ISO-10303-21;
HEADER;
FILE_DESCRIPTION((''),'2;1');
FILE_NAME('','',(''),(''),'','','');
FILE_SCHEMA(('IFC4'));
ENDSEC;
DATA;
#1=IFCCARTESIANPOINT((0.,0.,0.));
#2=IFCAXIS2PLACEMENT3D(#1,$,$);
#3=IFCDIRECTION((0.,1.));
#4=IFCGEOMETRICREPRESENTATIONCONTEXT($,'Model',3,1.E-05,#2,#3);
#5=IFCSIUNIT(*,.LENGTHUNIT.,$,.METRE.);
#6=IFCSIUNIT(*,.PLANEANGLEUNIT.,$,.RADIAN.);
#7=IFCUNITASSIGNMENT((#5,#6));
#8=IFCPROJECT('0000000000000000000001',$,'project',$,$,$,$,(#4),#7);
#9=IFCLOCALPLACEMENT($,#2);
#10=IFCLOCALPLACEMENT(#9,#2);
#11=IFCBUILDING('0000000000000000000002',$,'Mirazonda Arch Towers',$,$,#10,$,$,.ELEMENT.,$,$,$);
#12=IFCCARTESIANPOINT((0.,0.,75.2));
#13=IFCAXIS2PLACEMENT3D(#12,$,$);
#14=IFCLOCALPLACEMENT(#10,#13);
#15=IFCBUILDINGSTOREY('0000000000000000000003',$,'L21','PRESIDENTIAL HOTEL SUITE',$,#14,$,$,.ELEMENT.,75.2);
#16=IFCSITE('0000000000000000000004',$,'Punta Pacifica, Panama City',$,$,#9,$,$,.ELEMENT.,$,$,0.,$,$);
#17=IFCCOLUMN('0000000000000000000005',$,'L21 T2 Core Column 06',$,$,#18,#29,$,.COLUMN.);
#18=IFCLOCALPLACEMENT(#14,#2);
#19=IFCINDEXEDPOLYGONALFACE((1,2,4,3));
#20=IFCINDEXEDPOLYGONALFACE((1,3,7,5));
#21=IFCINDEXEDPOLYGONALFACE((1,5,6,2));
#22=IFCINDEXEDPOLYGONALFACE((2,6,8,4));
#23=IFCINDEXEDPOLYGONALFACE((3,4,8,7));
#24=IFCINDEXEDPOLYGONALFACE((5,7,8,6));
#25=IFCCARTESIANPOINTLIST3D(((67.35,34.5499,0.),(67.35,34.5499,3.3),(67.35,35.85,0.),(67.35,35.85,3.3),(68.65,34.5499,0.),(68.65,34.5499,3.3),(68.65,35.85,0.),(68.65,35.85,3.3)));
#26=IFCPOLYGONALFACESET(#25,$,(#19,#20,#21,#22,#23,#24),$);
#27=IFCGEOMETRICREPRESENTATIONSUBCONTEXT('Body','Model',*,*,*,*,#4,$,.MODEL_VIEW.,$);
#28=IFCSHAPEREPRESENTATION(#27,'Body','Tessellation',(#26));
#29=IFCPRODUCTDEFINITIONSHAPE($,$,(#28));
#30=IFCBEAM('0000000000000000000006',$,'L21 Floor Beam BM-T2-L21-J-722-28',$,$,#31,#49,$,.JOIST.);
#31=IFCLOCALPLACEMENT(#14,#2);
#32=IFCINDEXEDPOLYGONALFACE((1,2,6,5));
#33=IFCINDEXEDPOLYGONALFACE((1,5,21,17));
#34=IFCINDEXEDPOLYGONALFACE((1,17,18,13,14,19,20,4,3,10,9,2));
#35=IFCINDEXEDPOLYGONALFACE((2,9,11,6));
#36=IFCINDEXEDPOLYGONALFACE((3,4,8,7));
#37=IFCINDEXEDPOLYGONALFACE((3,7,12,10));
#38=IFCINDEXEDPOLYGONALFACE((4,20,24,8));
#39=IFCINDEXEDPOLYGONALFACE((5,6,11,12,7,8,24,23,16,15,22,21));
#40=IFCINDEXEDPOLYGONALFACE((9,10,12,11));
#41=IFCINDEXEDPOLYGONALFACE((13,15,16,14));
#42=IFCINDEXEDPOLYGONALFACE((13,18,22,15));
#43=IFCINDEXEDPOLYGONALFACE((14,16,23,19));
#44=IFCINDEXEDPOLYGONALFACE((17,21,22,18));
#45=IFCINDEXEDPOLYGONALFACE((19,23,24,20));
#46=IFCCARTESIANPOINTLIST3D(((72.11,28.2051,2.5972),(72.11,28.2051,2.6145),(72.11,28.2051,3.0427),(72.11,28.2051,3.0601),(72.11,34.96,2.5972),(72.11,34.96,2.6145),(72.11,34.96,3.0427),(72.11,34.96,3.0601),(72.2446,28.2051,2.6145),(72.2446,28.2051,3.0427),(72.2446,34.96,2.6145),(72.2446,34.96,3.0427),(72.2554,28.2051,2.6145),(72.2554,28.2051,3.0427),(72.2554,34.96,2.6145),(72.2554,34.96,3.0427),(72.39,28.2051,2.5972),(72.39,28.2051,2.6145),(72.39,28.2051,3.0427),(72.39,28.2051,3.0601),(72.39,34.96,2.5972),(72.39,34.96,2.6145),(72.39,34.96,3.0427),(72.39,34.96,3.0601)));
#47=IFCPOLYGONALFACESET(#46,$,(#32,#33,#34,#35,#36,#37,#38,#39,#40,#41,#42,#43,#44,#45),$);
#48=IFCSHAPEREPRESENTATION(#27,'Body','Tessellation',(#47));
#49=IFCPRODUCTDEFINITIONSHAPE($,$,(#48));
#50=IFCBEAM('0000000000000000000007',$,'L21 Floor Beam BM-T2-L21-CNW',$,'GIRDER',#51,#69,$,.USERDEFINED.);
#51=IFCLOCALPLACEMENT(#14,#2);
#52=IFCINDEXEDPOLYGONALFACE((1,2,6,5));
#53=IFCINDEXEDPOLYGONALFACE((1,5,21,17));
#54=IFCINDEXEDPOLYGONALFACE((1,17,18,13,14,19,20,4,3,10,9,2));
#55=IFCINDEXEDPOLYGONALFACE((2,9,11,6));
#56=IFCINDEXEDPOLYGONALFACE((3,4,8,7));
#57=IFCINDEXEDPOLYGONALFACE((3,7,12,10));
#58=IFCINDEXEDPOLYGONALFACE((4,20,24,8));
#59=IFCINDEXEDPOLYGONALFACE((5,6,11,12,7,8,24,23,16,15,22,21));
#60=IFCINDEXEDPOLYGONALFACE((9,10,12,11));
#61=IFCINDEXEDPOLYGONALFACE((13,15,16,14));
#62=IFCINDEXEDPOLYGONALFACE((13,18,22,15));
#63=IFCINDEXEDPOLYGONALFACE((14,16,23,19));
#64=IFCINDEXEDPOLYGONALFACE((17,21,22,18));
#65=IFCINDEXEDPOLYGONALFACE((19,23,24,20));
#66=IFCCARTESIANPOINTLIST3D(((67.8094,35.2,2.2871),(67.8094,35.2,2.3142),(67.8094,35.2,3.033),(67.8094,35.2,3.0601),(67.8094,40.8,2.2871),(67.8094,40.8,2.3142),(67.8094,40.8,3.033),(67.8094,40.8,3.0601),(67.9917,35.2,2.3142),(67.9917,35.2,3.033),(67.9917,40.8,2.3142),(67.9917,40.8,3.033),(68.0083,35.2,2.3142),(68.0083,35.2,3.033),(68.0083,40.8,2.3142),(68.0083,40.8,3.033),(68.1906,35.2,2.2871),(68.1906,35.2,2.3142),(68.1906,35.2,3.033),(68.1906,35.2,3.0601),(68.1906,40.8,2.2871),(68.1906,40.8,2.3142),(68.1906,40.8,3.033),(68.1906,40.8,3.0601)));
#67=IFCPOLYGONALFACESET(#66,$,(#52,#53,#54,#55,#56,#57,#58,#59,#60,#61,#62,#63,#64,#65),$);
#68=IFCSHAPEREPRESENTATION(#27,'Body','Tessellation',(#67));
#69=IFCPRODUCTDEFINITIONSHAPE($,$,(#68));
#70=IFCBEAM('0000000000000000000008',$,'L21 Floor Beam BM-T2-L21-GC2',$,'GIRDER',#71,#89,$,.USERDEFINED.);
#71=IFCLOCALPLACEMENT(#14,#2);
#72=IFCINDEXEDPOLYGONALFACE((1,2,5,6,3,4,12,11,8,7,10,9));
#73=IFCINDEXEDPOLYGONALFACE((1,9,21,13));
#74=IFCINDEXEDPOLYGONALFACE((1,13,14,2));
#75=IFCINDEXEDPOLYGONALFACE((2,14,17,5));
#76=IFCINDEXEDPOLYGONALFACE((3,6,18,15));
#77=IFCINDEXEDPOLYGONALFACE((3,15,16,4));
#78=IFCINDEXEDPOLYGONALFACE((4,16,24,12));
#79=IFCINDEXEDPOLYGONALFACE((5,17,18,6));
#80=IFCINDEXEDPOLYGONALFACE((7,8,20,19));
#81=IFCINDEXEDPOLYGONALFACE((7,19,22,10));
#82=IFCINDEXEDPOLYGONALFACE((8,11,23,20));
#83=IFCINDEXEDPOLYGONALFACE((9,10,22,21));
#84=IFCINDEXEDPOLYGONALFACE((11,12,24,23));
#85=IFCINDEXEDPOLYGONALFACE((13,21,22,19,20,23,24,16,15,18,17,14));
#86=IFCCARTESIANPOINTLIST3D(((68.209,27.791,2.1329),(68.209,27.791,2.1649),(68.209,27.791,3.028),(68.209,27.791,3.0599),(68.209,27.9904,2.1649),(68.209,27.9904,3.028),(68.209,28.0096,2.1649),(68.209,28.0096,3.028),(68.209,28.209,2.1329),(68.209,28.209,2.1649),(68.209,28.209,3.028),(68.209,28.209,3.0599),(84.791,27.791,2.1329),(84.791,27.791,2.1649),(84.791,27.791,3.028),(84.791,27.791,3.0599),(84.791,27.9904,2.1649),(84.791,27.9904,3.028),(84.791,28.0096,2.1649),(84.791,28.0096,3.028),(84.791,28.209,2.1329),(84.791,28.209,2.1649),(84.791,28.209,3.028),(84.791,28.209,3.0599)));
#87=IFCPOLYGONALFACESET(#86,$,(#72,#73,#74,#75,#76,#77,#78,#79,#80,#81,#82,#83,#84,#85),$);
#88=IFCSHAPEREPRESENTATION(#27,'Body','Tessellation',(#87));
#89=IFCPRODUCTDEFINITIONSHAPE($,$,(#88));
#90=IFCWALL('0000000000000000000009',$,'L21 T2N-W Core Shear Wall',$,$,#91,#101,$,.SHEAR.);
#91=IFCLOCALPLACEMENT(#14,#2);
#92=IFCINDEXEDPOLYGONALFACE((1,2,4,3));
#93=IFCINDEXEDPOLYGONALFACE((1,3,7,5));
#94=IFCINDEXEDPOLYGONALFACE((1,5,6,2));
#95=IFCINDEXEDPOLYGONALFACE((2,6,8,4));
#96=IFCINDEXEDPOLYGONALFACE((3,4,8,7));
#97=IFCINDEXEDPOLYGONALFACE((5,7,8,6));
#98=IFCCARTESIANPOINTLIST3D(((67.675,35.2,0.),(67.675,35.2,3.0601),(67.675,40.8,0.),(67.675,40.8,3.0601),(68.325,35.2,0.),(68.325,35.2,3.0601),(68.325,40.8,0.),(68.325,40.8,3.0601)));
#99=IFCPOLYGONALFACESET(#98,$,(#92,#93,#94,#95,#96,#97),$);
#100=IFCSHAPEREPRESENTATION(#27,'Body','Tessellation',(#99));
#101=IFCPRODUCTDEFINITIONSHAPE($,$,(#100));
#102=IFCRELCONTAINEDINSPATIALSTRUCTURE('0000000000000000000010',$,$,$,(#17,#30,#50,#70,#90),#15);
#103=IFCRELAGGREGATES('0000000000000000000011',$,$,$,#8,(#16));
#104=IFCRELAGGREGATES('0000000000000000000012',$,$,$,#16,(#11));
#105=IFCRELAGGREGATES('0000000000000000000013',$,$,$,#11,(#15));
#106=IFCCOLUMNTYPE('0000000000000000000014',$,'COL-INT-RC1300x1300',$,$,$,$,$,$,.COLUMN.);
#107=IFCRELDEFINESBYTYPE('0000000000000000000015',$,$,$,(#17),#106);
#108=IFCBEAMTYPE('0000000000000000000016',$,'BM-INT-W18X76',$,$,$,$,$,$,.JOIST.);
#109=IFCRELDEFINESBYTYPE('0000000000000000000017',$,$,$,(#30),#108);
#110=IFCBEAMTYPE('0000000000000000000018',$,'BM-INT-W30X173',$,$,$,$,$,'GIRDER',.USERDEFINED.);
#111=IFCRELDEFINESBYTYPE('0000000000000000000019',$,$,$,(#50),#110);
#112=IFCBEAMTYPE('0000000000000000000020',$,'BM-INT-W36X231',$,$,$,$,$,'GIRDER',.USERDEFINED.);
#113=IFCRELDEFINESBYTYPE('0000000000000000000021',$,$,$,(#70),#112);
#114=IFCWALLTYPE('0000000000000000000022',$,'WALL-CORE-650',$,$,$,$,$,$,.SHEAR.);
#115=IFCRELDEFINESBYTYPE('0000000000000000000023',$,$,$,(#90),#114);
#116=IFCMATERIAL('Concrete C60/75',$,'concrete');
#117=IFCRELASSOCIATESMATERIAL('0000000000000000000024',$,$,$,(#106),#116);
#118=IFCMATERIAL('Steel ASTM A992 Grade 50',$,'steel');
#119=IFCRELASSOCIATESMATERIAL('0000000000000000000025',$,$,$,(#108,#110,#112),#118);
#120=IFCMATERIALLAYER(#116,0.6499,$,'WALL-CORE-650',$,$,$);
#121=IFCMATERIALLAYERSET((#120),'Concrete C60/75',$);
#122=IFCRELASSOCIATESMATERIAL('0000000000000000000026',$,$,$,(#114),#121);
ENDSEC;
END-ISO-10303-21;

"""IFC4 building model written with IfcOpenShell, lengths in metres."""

from ifc_helpers import new_model, si_unit, direction, frame, frame_2d, origin, origin_2d, place, context, subcontext, project, spatial, rectangle, i_section, extrude, material, layer, layer_set, material_profile, profile_set, type_object, element, save


model = new_model("IFC4")

# Units and contexts
model_context = context("Model", 3, precision=1e-05, world=origin(), true_north=direction((0.0, 1.0)))
body_context = subcontext(model_context, "Body", "Model", "MODEL_VIEW")
ifc_project = project(units=[si_unit("LENGTHUNIT", "METRE"), si_unit("PLANEANGLEUNIT", "RADIAN")], contexts=[model_context])

# Site, building, storey
site_placement = place(None, origin())
site = spatial("IfcSite", under=ifc_project, at=site_placement, Name="Punta Pacifica, Panama City", CompositionType="ELEMENT", RefElevation=0.0)
building_placement = place(site_placement, origin())
building = spatial("IfcBuilding", under=site, at=building_placement, Name="Mirazonda Arch Towers", CompositionType="ELEMENT")
storey_placement = place(building_placement, frame((0.0, 0.0, 75.2)))
storey = spatial("IfcBuildingStorey", under=building, at=storey_placement, Name="L21", Description="PRESIDENTIAL HOTEL SUITE", CompositionType="ELEMENT", Elevation=75.2)

# Column
ifc_material_1 = material(Name="Concrete C60/75", Category="concrete")
ifc_material_profile_1 = material_profile(ifc_material_1, rectangle(XDim=1.3, YDim=1.3, at=origin_2d()), Name="RC1300x1300")
ifc_profile_set_1 = profile_set([ifc_material_profile_1], Name="Concrete C60/75")
column_type = type_object("IfcColumnType", Name="COL-INT-RC1300x1300", PredefinedType="COLUMN", material=ifc_profile_set_1)
column_placement = place(storey_placement, frame((68.0, 35.2, 0.0), z_axis=(0.0, 0.0, 1.0), x_axis=(1.0, 0.0, 0.0)))
element("IfcColumn", 1, at=column_placement, inside=storey, type_object=column_type, Name="L21 T2 Core Column 06", PredefinedType="COLUMN", context=body_context, shape_type="SweptSolid", body=[
    extrude(rectangle(XDim=1.3, YDim=1.3, at=origin_2d()), origin(), (0.0, 0.0, 1.0), 3.3),
])

# Beams
ifc_material_2 = material(Name="Steel ASTM A992 Grade 50", Category="steel")
ifc_material_profile_2 = material_profile(ifc_material_2, i_section(OverallWidth=0.28, OverallDepth=0.4629, WebThickness=0.0107, FlangeThickness=0.0173, at=origin_2d()), Name="W18X76")
ifc_profile_set_2 = profile_set([ifc_material_profile_2], Name="Steel ASTM A992 Grade 50")
beam_type_1 = type_object("IfcBeamType", Name="BM-INT-W18X76", PredefinedType="JOIST", material=ifc_profile_set_2)
beam_1_placement = place(storey_placement, frame((72.25, 28.2051, 2.8286), z_axis=(0.0, 1.0, 0.0), x_axis=(-1.0, 0.0, 0.0)))
element("IfcBeam", 2, at=beam_1_placement, inside=storey, type_object=beam_type_1, Name="L21 Floor Beam BM-T2-L21-J-722-28", PredefinedType="JOIST", context=body_context, shape_type="SweptSolid", body=[
    extrude(i_section(OverallWidth=0.28, OverallDepth=0.4629, WebThickness=0.0107, FlangeThickness=0.0173, at=origin_2d()), origin(), (0.0, 0.0, 1.0), 6.7549),
])
ifc_material_profile_3 = material_profile(ifc_material_2, i_section(OverallWidth=0.3811, OverallDepth=0.7729, WebThickness=0.0166, FlangeThickness=0.0271, at=origin_2d()), Name="W30X173")
ifc_profile_set_3 = profile_set([ifc_material_profile_3], Name="Steel ASTM A992 Grade 50")
beam_type_2 = type_object("IfcBeamType", Name="BM-INT-W30X173", ElementType="GIRDER", PredefinedType="USERDEFINED", material=ifc_profile_set_3)
beam_2_placement = place(storey_placement, frame((68.0, 35.2, 2.6736), z_axis=(0.0, 1.0, 0.0), x_axis=(-1.0, 0.0, 0.0)))
element("IfcBeam", 3, at=beam_2_placement, inside=storey, type_object=beam_type_2, Name="L21 Floor Beam BM-T2-L21-CNW", ObjectType="GIRDER", PredefinedType="USERDEFINED", context=body_context, shape_type="SweptSolid", body=[
    extrude(i_section(OverallWidth=0.3811, OverallDepth=0.7729, WebThickness=0.0166, FlangeThickness=0.0271, at=origin_2d()), origin(), (0.0, 0.0, 1.0), 5.6001),
])
ifc_material_profile_4 = material_profile(ifc_material_2, i_section(OverallWidth=0.418, OverallDepth=0.927, WebThickness=0.0193, FlangeThickness=0.032, at=origin_2d()), Name="W36X231")
ifc_profile_set_4 = profile_set([ifc_material_profile_4], Name="Steel ASTM A992 Grade 50")
beam_type_3 = type_object("IfcBeamType", Name="BM-INT-W36X231", ElementType="GIRDER", PredefinedType="USERDEFINED", material=ifc_profile_set_4)
beam_3_placement = place(storey_placement, frame((68.209, 28.0, 2.5964), z_axis=(1.0, 0.0, 0.0), x_axis=(0.0, 1.0, 0.0)))
element("IfcBeam", 4, at=beam_3_placement, inside=storey, type_object=beam_type_3, Name="L21 Floor Beam BM-T2-L21-GC2", ObjectType="GIRDER", PredefinedType="USERDEFINED", context=body_context, shape_type="SweptSolid", body=[
    extrude(i_section(OverallWidth=0.418, OverallDepth=0.927, WebThickness=0.0193, FlangeThickness=0.032, at=origin_2d()), origin(), (0.0, 0.0, 1.0), 16.582),
])

# Wall
ifc_layer_1 = layer(ifc_material_1, 0.6499, Name="WALL-CORE-650")
ifc_layer_set_1 = layer_set([ifc_layer_1], Name="Concrete C60/75")
wall_type_1 = type_object("IfcWallType", Name="WALL-CORE-650", PredefinedType="SHEAR", material=ifc_layer_set_1)
wall_1_placement = place(storey_placement, frame((68.0, 35.2, 0.0), z_axis=(0.0, 0.0, 1.0), x_axis=(0.0, 1.0, 0.0)))
element("IfcWall", 5, at=wall_1_placement, inside=storey, type_object=wall_type_1, Name="L21 T2N-W Core Shear Wall", PredefinedType="SHEAR", context=body_context, shape_type="SweptSolid", body=[
    extrude(rectangle(XDim=5.6001, YDim=0.6499, at=frame_2d((2.8, 0.0))), origin(), (0.0, 0.0, 1.0), 3.0601),
])

save(model, "model.ifc")
